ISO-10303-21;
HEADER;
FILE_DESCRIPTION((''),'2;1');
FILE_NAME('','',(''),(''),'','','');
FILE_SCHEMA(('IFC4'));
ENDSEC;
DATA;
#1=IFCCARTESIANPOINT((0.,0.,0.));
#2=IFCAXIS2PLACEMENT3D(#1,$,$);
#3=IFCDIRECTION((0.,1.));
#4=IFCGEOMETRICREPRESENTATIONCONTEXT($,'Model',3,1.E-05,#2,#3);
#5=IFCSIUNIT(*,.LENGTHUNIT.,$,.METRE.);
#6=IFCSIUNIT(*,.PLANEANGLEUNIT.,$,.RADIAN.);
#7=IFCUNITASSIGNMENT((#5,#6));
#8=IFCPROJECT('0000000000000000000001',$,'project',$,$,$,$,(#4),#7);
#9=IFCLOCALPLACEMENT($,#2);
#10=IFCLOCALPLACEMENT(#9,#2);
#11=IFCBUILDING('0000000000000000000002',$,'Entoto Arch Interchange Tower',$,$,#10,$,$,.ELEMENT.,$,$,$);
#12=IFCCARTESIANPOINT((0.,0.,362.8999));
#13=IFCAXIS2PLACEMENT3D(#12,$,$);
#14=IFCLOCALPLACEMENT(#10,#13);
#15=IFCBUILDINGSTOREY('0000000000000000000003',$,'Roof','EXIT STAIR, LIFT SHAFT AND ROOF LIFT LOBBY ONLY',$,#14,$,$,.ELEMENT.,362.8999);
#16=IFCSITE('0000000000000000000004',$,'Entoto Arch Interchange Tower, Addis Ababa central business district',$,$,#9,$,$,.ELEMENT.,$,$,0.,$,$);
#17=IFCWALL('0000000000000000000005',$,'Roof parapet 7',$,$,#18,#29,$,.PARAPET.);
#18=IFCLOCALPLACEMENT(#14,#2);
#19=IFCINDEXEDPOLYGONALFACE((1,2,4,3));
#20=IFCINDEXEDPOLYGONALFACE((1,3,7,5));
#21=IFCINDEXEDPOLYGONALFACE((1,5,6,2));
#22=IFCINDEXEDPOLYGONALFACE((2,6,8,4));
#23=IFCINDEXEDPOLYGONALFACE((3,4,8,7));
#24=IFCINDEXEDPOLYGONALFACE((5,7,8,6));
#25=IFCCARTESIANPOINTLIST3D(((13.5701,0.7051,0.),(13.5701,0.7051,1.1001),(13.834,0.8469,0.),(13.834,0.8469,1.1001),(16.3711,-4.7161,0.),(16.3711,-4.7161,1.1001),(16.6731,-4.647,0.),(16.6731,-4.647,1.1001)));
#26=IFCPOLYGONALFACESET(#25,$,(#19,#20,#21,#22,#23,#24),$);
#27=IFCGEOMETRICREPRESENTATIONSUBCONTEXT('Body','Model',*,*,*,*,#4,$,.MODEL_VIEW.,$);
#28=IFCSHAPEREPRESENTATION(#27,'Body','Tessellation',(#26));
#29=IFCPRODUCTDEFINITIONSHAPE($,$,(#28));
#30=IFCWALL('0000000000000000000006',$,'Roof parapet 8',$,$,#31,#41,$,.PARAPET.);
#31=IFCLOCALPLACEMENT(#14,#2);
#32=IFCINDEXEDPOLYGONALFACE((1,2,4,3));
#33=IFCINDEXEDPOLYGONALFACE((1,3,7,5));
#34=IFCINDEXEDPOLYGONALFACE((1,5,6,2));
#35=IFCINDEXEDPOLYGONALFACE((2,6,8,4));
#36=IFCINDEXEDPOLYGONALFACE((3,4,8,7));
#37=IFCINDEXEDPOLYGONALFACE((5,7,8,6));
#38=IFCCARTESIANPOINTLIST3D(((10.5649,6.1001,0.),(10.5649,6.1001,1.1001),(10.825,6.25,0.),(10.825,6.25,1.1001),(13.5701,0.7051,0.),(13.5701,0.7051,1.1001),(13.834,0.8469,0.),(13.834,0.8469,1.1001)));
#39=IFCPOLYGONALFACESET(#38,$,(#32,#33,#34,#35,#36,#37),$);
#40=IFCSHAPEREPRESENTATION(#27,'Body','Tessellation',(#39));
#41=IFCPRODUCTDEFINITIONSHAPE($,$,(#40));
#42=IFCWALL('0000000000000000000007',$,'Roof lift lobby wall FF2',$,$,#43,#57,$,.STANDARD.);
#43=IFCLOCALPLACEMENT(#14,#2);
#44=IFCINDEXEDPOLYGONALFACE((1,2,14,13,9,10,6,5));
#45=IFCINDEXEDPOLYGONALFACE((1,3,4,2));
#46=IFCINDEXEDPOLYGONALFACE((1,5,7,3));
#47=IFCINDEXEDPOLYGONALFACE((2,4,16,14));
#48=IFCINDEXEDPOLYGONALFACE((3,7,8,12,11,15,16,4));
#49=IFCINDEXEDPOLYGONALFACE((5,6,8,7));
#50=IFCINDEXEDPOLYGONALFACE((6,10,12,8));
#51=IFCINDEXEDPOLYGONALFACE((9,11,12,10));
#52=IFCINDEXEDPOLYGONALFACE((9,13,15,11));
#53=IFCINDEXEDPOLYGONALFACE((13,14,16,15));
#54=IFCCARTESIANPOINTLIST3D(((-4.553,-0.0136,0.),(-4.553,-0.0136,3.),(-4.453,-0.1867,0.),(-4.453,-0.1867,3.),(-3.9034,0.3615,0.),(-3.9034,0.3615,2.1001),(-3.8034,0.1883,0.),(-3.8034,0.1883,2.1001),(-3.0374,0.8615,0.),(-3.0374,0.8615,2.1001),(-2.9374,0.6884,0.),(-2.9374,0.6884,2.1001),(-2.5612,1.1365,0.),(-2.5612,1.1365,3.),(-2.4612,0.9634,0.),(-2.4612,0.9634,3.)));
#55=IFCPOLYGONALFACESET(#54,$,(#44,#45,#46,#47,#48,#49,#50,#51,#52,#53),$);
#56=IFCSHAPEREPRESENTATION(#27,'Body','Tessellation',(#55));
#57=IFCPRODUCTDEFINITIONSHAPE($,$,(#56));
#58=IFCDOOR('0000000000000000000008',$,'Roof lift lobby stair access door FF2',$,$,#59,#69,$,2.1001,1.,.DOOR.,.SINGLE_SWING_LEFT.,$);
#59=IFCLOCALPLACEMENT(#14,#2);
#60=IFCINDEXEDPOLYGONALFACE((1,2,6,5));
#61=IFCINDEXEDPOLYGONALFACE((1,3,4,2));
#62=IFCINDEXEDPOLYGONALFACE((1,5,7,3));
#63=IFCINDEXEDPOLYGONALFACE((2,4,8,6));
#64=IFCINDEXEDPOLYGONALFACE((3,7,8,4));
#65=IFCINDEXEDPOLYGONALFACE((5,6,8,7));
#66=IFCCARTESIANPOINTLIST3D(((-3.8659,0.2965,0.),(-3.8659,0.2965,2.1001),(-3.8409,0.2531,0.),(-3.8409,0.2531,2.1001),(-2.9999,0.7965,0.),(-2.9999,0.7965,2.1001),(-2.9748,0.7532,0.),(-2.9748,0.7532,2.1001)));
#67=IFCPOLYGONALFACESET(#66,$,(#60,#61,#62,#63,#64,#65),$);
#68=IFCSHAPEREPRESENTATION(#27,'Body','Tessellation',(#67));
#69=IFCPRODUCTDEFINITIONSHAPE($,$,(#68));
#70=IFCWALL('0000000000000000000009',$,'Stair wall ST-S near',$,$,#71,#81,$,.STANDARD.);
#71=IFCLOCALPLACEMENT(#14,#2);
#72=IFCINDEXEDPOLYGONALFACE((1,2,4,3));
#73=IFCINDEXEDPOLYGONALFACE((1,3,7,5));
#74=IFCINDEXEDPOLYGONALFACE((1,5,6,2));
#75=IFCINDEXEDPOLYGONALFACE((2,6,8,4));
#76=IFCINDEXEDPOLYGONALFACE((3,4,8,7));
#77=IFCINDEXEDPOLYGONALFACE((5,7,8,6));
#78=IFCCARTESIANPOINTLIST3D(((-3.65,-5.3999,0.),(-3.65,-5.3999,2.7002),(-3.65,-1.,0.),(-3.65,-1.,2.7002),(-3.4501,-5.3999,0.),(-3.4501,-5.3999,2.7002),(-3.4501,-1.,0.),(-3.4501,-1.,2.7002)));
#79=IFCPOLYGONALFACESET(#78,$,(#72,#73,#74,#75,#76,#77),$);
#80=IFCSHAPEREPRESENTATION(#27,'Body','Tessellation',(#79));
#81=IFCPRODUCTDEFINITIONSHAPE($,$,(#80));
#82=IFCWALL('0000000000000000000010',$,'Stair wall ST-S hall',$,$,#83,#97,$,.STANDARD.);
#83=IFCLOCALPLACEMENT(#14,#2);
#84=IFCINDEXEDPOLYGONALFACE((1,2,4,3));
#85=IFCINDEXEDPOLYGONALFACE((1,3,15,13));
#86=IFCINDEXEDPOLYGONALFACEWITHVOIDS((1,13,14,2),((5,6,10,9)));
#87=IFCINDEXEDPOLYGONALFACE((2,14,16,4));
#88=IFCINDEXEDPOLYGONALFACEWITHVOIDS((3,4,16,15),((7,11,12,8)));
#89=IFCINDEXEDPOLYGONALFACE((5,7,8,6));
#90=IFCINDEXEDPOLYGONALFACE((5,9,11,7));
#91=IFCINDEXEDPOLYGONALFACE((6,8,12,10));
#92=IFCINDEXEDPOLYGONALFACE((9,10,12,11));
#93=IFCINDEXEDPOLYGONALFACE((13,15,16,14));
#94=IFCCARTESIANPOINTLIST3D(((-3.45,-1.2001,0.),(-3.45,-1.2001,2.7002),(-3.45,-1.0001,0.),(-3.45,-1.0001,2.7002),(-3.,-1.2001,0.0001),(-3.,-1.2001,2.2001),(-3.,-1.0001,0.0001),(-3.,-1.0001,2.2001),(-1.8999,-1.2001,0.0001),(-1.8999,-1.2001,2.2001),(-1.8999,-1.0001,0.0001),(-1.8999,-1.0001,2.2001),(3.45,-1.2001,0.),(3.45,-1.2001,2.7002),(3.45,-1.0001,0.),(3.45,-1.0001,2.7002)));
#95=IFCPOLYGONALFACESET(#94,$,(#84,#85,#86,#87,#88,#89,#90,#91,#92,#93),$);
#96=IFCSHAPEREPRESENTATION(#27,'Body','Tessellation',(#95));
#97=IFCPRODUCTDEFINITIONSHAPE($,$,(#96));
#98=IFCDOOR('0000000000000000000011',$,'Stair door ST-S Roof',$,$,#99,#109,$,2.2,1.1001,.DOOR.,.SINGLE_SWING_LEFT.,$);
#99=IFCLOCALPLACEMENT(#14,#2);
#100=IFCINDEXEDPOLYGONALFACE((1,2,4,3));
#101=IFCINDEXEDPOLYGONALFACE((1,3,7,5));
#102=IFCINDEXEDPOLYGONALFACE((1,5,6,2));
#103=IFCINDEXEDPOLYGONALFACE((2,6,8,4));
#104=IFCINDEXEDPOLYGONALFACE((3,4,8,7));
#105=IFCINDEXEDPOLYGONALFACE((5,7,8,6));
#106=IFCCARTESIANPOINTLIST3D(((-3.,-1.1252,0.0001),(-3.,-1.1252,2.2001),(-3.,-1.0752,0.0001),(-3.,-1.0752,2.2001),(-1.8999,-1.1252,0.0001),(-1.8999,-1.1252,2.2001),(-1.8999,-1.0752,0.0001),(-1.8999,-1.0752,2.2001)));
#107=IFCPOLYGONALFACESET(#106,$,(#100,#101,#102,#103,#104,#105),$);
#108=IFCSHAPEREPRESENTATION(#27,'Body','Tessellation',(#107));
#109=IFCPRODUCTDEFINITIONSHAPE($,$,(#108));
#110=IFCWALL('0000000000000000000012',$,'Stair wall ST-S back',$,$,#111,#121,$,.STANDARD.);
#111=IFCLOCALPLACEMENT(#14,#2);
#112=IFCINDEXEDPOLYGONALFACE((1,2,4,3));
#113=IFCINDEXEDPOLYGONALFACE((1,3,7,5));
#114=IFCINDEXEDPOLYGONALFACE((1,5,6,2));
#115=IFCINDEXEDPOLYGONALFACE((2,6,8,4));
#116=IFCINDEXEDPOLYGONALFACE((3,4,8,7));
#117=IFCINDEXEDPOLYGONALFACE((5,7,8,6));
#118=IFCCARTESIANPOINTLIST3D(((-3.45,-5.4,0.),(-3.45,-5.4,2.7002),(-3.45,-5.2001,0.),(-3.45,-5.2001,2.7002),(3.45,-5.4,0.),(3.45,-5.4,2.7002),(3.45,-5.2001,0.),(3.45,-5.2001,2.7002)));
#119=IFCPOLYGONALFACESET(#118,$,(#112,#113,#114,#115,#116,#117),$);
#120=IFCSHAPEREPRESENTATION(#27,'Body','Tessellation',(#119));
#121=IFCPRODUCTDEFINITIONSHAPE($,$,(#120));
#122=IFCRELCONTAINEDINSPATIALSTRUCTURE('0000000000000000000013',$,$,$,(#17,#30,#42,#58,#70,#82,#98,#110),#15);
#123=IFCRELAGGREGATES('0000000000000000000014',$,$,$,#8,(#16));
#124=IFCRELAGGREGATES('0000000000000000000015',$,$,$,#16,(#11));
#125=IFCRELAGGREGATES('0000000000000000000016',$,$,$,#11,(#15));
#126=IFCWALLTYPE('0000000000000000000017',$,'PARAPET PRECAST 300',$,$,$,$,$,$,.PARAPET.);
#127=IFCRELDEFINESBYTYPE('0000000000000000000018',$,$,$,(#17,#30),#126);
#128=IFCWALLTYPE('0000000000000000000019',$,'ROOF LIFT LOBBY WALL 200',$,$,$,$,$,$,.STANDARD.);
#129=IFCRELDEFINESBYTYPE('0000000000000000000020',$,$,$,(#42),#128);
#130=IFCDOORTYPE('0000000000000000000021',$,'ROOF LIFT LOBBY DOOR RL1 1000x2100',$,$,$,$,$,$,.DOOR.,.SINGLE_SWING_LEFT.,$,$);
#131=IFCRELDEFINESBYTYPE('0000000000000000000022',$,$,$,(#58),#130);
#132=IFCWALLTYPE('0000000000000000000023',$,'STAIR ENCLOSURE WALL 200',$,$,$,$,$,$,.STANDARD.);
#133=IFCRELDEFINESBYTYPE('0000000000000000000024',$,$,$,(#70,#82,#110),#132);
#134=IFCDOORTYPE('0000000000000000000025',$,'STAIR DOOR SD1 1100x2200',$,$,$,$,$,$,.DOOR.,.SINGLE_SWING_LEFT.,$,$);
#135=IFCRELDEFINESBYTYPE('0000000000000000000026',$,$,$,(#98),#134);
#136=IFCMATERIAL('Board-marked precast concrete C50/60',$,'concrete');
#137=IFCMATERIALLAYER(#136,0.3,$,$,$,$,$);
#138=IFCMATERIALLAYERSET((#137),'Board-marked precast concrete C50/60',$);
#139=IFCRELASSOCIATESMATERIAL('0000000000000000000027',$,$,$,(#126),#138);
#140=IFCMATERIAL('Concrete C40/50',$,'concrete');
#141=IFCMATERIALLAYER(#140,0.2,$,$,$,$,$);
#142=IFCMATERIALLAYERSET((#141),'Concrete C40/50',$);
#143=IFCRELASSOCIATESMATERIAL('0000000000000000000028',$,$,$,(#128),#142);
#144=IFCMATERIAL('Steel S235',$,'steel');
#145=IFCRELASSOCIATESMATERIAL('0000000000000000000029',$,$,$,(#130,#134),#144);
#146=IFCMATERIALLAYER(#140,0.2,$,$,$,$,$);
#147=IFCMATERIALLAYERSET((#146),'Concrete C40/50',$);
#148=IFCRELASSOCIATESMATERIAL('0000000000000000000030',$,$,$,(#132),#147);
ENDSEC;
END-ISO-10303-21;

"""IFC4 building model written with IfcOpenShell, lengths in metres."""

from ifc_helpers import new_model, si_unit, direction, frame, frame_2d, origin, place, context, subcontext, project, spatial, polyline, rectangle, outline, extrude, material, layer, layer_set, type_object, element, fill, save


model = new_model("IFC4")

# Units and contexts
model_context = context("Model", 3, precision=1e-05, world=origin(), true_north=direction((0.0, 1.0)))
body_context = subcontext(model_context, "Body", "Model", "MODEL_VIEW")
ifc_project = project(units=[si_unit("LENGTHUNIT", "METRE"), si_unit("PLANEANGLEUNIT", "RADIAN")], contexts=[model_context])

# Site, building, storey
site_placement = place(None, origin())
site = spatial("IfcSite", under=ifc_project, at=site_placement, Name="Entoto Arch Interchange Tower, Addis Ababa central business district", CompositionType="ELEMENT", RefElevation=0.0)
building_placement = place(site_placement, origin())
building = spatial("IfcBuilding", under=site, at=building_placement, Name="Entoto Arch Interchange Tower", CompositionType="ELEMENT")
storey_placement = place(building_placement, frame((0.0, 0.0, 362.8999)))
storey = spatial("IfcBuildingStorey", under=building, at=storey_placement, Name="Roof", Description="EXIT STAIR, LIFT SHAFT AND ROOF LIFT LOBBY ONLY", CompositionType="ELEMENT", Elevation=362.8999)

# Shared definitions
ifc_material_1 = material(Name="Board-marked precast concrete C50/60", Category="concrete")

# Shared definitions
ifc_material_2 = material(Name="Concrete C40/50", Category="concrete")

# Walls
ifc_layer_1 = layer(ifc_material_1, 0.3)
ifc_layer_set_1 = layer_set([ifc_layer_1], Name="Board-marked precast concrete C50/60")
wall_type_1 = type_object("IfcWallType", Name="PARAPET PRECAST 300", PredefinedType="PARAPET", material=ifc_layer_set_1)
wall_1_placement = place(storey_placement, origin())
element("IfcWall", 1, at=wall_1_placement, inside=storey, type_object=wall_type_1, Name="Roof parapet 7", PredefinedType="PARAPET", context=body_context, shape_type="SweptSolid", body=[
    extrude(outline(polyline([(16.6731, -4.647), (13.834, 0.8469), (13.5701, 0.7051), (16.3711, -4.7161), (16.6731, -4.647)])), origin(), (0.0, 0.0, 1.0), 1.1001),
])
wall_2_placement = place(storey_placement, origin())
element("IfcWall", 2, at=wall_2_placement, inside=storey, type_object=wall_type_1, Name="Roof parapet 8", PredefinedType="PARAPET", context=body_context, shape_type="SweptSolid", body=[
    extrude(outline(polyline([(13.834, 0.8469), (10.825, 6.25), (10.5649, 6.1001), (13.5701, 0.7051), (13.834, 0.8469)])), origin(), (0.0, 0.0, 1.0), 1.1001),
])

# Wall, opening, door
ifc_layer_2 = layer(ifc_material_2, 0.2)
ifc_layer_set_2 = layer_set([ifc_layer_2], Name="Concrete C40/50")
wall_type_2 = type_object("IfcWallType", Name="ROOF LIFT LOBBY WALL 200", PredefinedType="STANDARD", material=ifc_layer_set_2)
wall_3_placement = place(storey_placement, frame((-4.5029, -0.1001, 0.0), z_axis=(0.0, 0.0, 1.0), x_axis=(0.866007, 0.500032, 0.0)))
wall_3 = element("IfcWall", 3, at=wall_3_placement, inside=storey, type_object=wall_type_2, Name="Roof lift lobby wall FF2", PredefinedType="STANDARD", context=body_context, shape_type="SweptSolid", body=[
    extrude(rectangle(XDim=2.3, YDim=0.2, at=frame_2d((1.1499, 0.0))), origin(), (0.0, 0.0, 1.0), 3.0),
])
opening_1_placement = place(wall_3_placement, frame((0.75, 0.0, 0.0)))
opening_1 = element("IfcOpeningElement", 4, at=opening_1_placement, cuts=wall_3, PredefinedType="OPENING", context=body_context, shape_type="SweptSolid", body=[
    extrude(rectangle(XDim=1.0, YDim=2.1001, at=frame_2d((0.5, 1.05))), frame((0.0, 0.1099, 0.0), z_axis=(0.0, -1.0, 0.0), x_axis=(1.0, 0.0, 0.0)), (0.0, 0.0, 1.0), 0.22),
])
ifc_material_3 = material(Name="Steel S235", Category="steel")
door_type_1 = type_object("IfcDoorType", Name="ROOF LIFT LOBBY DOOR RL1 1000x2100", OperationType="SINGLE_SWING_LEFT", PredefinedType="DOOR", material=ifc_material_3)
door_1_placement = place(opening_1_placement, origin())
door_1 = element("IfcDoor", 5, at=door_1_placement, inside=storey, type_object=door_type_1, Name="Roof lift lobby stair access door FF2", OperationType="SINGLE_SWING_LEFT", OverallHeight=2.1001, OverallWidth=1.0, PredefinedType="DOOR", context=body_context, shape_type="SweptSolid", body=[
    extrude(rectangle(XDim=1.0, YDim=2.1001, at=frame_2d((0.5, 1.05))), frame((0.0, 0.0249, 0.0), z_axis=(0.0, -1.0, 0.0), x_axis=(1.0, 0.0, 0.0)), (0.0, 0.0, 1.0), 0.05),
])
fill(opening_1, door_1)

# Wall
ifc_layer_3 = layer(ifc_material_2, 0.2)
ifc_layer_set_3 = layer_set([ifc_layer_3], Name="Concrete C40/50")
wall_type_3 = type_object("IfcWallType", Name="STAIR ENCLOSURE WALL 200", PredefinedType="STANDARD", material=ifc_layer_set_3)
wall_4_placement = place(storey_placement, frame((-3.55, -1.0, 0.0), z_axis=(0.0, 0.0, 1.0), x_axis=(0.0, -1.0, 0.0)))
element("IfcWall", 6, at=wall_4_placement, inside=storey, type_object=wall_type_3, Name="Stair wall ST-S near", PredefinedType="STANDARD", context=body_context, shape_type="SweptSolid", body=[
    extrude(rectangle(XDim=4.3999, YDim=0.2, at=frame_2d((2.2, 0.0))), origin(), (0.0, 0.0, 1.0), 2.7002),
])

# Wall, opening, door
wall_5_placement = place(storey_placement, frame((-3.45, -1.1001, 0.0), z_axis=(0.0, 0.0, 1.0), x_axis=(1.0, 0.0, 0.0)))
wall_5 = element("IfcWall", 7, at=wall_5_placement, inside=storey, type_object=wall_type_3, Name="Stair wall ST-S hall", PredefinedType="STANDARD", context=body_context, shape_type="SweptSolid", body=[
    extrude(rectangle(XDim=6.8999, YDim=0.2, at=frame_2d((3.45, 0.0))), origin(), (0.0, 0.0, 1.0), 2.7002),
])
opening_2_placement = place(wall_5_placement, frame((0.45, 0.0, 0.0)))
opening_2 = element("IfcOpeningElement", 8, at=opening_2_placement, cuts=wall_5, PredefinedType="OPENING", context=body_context, shape_type="SweptSolid", body=[
    extrude(rectangle(XDim=1.1001, YDim=2.2, at=frame_2d((0.55, 1.1001))), frame((0.0, 0.1099, 0.0), z_axis=(0.0, -1.0, 0.0), x_axis=(1.0, 0.0, 0.0)), (0.0, 0.0, 1.0), 0.22),
])
door_type_2 = type_object("IfcDoorType", Name="STAIR DOOR SD1 1100x2200", OperationType="SINGLE_SWING_LEFT", PredefinedType="DOOR", material=ifc_material_3)
door_2_placement = place(opening_2_placement, origin())
door_2 = element("IfcDoor", 9, at=door_2_placement, inside=storey, type_object=door_type_2, Name="Stair door ST-S Roof", OperationType="SINGLE_SWING_LEFT", OverallHeight=2.2, OverallWidth=1.1001, PredefinedType="DOOR", context=body_context, shape_type="SweptSolid", body=[
    extrude(rectangle(XDim=1.1001, YDim=2.2, at=frame_2d((0.55, 1.1001))), frame((0.0, 0.0249, 0.0), z_axis=(0.0, -1.0, 0.0), x_axis=(1.0, 0.0, 0.0)), (0.0, 0.0, 1.0), 0.05),
])
fill(opening_2, door_2)

# Wall
wall_6_placement = place(storey_placement, frame((-3.45, -5.3, 0.0), z_axis=(0.0, 0.0, 1.0), x_axis=(1.0, 0.0, 0.0)))
element("IfcWall", 10, at=wall_6_placement, inside=storey, type_object=wall_type_3, Name="Stair wall ST-S back", PredefinedType="STANDARD", context=body_context, shape_type="SweptSolid", body=[
    extrude(rectangle(XDim=6.8999, YDim=0.2, at=frame_2d((3.45, 0.0))), origin(), (0.0, 0.0, 1.0), 2.7002),
])

save(model, "model.ifc")
